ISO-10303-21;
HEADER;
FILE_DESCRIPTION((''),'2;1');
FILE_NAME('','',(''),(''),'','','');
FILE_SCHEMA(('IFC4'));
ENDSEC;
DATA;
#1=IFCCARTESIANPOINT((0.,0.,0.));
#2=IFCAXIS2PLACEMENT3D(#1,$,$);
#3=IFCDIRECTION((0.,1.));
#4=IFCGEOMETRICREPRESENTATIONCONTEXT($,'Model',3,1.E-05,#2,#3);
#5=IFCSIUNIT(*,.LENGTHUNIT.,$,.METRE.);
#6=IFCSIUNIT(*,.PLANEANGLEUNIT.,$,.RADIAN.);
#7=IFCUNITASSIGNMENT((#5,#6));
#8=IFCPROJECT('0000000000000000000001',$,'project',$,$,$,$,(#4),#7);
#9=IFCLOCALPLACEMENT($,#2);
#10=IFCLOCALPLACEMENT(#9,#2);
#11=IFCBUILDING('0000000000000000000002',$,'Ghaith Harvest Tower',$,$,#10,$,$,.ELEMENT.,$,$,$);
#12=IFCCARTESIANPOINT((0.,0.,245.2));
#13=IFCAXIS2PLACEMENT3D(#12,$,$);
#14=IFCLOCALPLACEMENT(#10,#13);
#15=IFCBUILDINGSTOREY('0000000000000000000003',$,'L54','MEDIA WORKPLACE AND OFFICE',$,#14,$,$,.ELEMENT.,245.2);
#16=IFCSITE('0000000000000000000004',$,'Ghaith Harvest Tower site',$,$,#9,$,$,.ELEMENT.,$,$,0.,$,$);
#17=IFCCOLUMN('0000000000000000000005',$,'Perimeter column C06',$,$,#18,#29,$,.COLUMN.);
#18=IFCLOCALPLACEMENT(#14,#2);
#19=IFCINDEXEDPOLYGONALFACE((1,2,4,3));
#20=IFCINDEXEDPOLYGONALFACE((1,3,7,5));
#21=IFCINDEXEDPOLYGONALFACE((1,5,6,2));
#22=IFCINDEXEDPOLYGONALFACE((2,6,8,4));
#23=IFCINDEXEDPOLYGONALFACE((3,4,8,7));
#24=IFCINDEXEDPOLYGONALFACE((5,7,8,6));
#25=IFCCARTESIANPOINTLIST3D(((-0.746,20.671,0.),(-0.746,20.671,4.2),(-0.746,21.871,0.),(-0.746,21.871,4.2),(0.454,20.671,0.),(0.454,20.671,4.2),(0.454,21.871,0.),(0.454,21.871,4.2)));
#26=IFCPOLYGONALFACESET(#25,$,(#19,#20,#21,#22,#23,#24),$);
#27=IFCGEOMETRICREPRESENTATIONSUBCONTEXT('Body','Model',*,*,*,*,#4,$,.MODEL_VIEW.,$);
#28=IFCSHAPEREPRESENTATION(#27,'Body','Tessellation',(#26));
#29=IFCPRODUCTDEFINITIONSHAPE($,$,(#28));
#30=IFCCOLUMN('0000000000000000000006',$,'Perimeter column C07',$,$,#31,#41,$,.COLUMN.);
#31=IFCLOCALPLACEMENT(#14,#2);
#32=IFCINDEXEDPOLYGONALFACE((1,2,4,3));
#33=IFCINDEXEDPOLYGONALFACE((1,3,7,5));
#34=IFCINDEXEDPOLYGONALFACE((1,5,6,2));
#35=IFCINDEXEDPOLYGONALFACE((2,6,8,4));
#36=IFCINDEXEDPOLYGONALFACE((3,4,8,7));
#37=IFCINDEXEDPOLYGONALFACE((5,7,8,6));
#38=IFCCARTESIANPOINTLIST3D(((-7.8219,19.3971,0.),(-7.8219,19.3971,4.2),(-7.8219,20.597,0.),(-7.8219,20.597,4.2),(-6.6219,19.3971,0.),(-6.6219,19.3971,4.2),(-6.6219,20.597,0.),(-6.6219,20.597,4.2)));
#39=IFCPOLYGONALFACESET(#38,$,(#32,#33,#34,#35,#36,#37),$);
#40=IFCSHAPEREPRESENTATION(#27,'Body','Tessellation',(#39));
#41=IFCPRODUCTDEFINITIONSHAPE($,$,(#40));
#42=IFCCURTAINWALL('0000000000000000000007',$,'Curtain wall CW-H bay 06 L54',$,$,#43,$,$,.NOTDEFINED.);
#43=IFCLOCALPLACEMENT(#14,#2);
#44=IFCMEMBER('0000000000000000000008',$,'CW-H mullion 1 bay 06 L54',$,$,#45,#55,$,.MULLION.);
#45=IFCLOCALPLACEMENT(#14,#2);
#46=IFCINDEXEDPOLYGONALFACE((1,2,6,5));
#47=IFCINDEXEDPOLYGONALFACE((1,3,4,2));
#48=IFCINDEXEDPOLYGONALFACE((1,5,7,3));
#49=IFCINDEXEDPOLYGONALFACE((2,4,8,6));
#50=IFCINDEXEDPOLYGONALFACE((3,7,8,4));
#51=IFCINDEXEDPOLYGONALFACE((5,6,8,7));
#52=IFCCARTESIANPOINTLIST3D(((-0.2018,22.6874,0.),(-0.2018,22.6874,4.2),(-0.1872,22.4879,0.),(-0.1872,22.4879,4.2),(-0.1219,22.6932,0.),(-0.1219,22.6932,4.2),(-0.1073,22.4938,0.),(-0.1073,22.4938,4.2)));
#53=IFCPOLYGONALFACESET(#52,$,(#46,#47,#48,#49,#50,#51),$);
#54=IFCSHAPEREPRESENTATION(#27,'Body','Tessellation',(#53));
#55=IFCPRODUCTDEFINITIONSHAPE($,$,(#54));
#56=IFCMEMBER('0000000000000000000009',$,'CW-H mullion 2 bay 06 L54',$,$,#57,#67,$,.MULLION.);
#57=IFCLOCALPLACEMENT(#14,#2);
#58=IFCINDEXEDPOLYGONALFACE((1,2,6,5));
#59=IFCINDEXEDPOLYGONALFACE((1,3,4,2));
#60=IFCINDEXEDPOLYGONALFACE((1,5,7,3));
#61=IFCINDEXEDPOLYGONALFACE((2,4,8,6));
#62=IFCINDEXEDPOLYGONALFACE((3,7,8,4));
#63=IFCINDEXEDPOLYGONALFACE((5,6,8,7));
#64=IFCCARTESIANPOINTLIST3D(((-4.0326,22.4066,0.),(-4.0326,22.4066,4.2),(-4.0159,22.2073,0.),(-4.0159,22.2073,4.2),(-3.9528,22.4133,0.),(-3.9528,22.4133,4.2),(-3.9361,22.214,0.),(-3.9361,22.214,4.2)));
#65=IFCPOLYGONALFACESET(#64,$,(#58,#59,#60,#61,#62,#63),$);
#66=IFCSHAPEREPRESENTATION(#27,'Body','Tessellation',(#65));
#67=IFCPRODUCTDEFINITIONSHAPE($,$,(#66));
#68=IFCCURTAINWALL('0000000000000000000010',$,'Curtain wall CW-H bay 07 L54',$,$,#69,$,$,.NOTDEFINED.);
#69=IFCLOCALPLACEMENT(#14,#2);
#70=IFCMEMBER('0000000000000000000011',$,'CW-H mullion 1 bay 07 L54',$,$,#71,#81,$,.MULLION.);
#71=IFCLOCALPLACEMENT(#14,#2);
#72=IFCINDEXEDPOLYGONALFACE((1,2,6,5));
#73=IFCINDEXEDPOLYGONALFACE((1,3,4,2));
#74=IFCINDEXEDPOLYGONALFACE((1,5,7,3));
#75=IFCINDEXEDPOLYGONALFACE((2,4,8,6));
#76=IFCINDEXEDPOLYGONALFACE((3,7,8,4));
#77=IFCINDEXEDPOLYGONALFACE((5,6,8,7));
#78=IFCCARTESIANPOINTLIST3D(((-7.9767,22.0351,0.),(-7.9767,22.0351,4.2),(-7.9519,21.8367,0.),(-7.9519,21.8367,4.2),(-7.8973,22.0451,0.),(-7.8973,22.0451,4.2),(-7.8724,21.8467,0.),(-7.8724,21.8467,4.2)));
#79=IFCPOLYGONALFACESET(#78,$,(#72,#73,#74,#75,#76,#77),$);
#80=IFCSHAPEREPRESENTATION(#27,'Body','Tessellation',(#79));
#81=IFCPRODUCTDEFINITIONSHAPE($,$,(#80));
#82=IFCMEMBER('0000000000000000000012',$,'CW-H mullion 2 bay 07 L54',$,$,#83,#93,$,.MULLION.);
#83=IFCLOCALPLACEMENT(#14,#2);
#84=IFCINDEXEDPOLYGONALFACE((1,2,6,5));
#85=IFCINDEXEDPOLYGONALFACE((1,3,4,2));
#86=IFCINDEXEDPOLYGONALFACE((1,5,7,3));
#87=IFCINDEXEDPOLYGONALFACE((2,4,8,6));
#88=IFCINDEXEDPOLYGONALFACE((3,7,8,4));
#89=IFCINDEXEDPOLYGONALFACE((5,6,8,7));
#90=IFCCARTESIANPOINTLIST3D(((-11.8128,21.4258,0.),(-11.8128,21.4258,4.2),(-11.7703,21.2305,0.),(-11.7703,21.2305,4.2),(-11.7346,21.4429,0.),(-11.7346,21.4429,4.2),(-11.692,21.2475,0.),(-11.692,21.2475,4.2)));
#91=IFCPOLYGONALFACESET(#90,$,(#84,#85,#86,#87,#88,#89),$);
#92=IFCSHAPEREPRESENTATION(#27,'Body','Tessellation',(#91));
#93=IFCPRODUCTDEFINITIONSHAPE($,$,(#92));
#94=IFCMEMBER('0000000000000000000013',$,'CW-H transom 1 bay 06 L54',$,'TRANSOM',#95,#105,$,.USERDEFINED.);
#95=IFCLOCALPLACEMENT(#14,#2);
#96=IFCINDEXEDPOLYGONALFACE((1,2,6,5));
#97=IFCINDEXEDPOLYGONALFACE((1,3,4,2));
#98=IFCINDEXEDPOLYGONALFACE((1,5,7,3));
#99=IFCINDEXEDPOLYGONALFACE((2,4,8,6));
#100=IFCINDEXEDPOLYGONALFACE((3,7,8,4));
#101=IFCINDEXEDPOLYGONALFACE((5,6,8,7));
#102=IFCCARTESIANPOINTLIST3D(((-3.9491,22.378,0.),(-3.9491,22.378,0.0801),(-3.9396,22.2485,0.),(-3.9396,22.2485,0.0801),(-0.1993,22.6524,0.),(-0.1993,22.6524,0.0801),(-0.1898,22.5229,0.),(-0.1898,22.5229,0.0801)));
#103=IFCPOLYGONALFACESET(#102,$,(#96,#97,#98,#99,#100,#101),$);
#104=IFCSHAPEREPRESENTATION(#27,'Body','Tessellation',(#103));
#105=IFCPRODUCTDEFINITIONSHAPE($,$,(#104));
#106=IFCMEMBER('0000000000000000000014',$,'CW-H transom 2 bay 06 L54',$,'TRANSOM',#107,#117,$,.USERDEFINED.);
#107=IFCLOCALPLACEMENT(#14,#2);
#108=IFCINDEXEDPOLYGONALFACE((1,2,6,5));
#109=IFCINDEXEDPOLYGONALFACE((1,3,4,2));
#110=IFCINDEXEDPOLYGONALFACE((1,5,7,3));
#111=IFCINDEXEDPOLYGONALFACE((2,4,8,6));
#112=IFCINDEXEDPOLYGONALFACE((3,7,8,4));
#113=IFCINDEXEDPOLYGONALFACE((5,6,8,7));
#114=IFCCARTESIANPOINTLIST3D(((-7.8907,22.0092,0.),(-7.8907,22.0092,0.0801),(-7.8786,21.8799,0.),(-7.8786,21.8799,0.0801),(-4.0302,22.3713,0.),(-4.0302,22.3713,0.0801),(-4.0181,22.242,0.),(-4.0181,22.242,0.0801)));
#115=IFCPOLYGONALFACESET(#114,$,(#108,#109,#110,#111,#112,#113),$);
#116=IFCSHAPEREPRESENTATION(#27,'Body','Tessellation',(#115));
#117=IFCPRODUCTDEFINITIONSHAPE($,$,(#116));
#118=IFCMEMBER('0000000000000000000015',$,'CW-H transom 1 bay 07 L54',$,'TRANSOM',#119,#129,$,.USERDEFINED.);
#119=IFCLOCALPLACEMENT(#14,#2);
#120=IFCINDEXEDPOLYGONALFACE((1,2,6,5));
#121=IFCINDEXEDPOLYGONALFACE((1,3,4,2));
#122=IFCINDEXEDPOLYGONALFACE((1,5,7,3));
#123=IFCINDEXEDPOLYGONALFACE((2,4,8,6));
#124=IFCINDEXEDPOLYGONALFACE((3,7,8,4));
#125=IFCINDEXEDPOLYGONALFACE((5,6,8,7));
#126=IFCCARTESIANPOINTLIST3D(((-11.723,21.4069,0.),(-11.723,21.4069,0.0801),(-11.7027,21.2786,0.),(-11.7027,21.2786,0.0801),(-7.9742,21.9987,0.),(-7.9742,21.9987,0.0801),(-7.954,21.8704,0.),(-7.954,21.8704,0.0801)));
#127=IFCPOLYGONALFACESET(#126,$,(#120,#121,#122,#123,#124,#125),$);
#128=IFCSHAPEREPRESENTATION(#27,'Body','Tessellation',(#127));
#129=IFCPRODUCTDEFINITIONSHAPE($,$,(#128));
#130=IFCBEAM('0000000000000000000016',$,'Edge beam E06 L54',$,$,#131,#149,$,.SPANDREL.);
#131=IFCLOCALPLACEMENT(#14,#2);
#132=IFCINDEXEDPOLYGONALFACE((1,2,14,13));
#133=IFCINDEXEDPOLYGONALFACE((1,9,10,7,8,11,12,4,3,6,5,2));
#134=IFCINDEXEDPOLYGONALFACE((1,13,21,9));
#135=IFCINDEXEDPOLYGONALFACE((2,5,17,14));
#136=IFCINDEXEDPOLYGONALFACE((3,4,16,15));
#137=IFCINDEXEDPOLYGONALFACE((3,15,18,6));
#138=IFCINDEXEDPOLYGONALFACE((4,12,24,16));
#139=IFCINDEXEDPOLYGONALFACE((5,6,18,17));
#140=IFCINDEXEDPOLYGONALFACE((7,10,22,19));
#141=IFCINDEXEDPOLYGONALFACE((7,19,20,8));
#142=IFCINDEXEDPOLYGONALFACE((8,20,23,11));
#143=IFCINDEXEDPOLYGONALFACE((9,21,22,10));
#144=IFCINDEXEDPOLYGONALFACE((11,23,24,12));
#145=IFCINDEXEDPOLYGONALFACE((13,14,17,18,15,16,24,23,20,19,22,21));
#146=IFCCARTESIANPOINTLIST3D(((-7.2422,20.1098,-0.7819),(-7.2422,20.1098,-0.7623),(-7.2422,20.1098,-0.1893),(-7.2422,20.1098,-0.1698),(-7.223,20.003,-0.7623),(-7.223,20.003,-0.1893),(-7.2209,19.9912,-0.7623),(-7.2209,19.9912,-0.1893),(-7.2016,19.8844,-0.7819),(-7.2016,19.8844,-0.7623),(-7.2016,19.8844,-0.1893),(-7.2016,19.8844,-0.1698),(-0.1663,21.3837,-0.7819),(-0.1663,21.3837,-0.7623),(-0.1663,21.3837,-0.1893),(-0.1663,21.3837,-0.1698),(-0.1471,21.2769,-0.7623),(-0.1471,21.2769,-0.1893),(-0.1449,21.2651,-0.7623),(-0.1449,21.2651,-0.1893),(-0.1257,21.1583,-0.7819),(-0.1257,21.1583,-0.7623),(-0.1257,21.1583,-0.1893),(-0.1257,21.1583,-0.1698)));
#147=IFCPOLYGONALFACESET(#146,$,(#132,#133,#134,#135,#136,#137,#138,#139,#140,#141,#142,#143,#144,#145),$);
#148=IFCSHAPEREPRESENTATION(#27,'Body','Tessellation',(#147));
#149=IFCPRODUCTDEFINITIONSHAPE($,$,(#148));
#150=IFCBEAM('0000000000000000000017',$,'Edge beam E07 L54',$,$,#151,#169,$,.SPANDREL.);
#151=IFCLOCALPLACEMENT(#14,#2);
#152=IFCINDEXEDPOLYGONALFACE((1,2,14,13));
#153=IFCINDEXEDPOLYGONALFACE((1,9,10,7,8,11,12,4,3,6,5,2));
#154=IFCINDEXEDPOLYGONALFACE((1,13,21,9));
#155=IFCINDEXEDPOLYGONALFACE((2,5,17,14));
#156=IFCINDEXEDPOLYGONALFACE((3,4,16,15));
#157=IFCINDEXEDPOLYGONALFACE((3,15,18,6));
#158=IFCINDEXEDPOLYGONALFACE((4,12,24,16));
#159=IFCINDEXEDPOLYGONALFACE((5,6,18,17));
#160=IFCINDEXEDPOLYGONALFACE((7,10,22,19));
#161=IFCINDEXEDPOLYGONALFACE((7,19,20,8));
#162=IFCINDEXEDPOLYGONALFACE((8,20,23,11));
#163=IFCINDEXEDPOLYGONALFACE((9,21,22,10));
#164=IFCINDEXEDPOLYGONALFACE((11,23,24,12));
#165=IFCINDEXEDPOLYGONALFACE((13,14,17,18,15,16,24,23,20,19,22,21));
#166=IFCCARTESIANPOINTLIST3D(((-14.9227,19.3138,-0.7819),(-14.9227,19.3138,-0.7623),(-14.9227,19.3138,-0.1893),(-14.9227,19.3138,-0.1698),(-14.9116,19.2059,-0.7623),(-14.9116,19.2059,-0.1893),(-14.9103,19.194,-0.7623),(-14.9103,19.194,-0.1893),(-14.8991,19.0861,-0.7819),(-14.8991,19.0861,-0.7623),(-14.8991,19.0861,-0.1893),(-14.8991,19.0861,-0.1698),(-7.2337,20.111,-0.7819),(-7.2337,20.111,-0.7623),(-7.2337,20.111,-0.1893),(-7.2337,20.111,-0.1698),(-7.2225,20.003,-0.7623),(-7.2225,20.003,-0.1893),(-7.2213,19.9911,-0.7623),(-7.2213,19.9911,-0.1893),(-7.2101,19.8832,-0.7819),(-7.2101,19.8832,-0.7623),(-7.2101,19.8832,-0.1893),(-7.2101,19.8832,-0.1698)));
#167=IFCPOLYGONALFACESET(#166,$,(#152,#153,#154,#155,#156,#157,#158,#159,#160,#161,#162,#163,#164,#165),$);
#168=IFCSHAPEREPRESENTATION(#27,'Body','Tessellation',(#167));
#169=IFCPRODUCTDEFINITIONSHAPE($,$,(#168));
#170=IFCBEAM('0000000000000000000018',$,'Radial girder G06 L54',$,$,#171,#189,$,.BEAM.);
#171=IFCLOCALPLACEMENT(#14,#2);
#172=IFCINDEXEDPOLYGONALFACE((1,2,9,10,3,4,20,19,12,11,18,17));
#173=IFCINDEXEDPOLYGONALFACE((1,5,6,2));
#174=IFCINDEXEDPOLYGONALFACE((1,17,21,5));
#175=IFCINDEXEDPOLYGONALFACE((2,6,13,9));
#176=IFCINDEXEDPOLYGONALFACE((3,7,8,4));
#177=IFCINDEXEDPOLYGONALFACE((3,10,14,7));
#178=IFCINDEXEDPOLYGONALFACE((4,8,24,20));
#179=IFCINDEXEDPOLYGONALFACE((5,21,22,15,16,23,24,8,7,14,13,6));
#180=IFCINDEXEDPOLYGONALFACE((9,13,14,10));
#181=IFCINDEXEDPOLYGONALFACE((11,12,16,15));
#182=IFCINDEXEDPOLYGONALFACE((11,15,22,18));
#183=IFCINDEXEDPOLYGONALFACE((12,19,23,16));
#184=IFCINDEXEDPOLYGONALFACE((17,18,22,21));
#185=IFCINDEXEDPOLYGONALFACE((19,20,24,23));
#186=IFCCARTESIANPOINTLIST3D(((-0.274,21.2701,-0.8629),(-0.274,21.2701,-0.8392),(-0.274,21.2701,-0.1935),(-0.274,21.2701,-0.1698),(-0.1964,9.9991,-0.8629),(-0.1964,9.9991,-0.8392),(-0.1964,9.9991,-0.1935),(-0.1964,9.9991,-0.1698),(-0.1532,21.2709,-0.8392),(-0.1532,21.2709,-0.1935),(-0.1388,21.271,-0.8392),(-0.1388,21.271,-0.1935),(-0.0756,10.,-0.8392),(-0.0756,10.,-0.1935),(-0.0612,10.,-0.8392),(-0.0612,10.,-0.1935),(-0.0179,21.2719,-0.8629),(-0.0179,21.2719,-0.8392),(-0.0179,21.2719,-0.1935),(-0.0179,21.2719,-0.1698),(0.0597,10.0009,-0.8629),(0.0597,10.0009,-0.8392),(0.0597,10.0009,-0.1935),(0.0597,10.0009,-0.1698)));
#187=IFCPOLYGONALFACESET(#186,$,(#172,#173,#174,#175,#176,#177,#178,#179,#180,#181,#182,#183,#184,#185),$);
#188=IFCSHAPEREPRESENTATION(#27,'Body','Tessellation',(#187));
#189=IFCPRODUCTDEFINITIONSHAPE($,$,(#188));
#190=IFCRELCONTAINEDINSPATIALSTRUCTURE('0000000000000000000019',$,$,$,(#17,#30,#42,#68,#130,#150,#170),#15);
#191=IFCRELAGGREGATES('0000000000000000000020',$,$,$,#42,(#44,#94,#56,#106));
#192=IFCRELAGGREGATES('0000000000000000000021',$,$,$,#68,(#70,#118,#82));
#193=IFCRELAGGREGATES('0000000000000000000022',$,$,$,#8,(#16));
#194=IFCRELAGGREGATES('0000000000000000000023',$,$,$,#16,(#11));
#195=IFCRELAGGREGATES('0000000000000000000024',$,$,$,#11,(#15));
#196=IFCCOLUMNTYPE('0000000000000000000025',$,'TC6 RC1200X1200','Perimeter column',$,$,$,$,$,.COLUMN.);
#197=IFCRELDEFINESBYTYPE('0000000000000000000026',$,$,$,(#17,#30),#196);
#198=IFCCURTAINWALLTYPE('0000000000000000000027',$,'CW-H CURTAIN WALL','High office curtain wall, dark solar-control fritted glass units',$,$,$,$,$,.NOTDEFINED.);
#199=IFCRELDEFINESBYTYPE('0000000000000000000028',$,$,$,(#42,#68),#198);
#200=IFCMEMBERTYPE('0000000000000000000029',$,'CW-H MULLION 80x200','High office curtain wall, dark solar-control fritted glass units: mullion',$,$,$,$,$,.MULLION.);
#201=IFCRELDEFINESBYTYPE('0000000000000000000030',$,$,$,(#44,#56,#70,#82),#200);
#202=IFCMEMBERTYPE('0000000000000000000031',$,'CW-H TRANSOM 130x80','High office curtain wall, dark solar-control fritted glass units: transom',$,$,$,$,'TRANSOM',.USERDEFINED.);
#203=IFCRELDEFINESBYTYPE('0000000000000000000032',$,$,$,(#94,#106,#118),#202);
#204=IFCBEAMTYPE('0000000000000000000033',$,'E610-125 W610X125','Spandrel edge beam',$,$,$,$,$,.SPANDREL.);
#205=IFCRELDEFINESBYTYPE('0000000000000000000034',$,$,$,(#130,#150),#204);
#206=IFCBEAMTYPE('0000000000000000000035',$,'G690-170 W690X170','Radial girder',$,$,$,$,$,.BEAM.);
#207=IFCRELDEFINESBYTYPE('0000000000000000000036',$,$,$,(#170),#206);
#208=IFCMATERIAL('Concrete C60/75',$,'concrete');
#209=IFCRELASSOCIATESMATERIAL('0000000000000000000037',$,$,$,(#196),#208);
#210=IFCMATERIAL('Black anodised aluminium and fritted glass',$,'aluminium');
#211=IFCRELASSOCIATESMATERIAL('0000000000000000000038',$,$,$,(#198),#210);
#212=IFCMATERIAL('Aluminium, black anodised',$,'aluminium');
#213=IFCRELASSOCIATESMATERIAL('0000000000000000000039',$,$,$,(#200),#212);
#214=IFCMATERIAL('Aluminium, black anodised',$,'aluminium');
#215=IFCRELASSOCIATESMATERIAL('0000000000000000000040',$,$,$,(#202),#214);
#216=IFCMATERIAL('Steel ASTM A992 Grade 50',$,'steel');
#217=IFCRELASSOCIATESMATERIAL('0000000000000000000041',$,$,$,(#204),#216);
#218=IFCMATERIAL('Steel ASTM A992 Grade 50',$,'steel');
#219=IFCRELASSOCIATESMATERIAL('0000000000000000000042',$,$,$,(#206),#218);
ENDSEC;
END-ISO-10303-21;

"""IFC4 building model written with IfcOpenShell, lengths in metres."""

from ifc_helpers import new_model, si_unit, direction, frame, origin, origin_2d, place, context, subcontext, project, spatial, rectangle, i_section, extrude, material, material_profile, profile_set, type_object, element, aggregate, save


model = new_model("IFC4")

# Units and contexts
model_context = context("Model", 3, precision=1e-05, world=origin(), true_north=direction((0.0, 1.0)))
body_context = subcontext(model_context, "Body", "Model", "MODEL_VIEW")
ifc_project = project(units=[si_unit("LENGTHUNIT", "METRE"), si_unit("PLANEANGLEUNIT", "RADIAN")], contexts=[model_context])

# Site, building, storey
site_placement = place(None, origin())
site = spatial("IfcSite", under=ifc_project, at=site_placement, Name="Ghaith Harvest Tower site", CompositionType="ELEMENT", RefElevation=0.0)
building_placement = place(site_placement, origin())
building = spatial("IfcBuilding", under=site, at=building_placement, Name="Ghaith Harvest Tower", CompositionType="ELEMENT")
storey_placement = place(building_placement, frame((0.0, 0.0, 245.2)))
storey = spatial("IfcBuildingStorey", under=building, at=storey_placement, Name="L54", Description="MEDIA WORKPLACE AND OFFICE", CompositionType="ELEMENT", Elevation=245.2)

# Columns
ifc_material_1 = material(Name="Concrete C60/75", Category="concrete")
ifc_material_profile_1 = material_profile(ifc_material_1, rectangle(XDim=1.2, YDim=1.2, at=origin_2d()), Name="RC1200X1200")
ifc_profile_set_1 = profile_set([ifc_material_profile_1], Name="Concrete C60/75")
column_type = type_object("IfcColumnType", Name="TC6 RC1200X1200", Description="Perimeter column", PredefinedType="COLUMN", material=ifc_profile_set_1)
for number, where, z_axis, x_axis, name in (
    (1, (-0.146, 21.271, 0.0), (0.0, 0.0, 1.0), (1.0, 0.0, 0.0), "Perimeter column C06"),
    (2, (-7.2219, 19.9971, 0.0), (0.0, 0.0, 1.0), (1.0, 0.0, 0.0), "Perimeter column C07"),
):
    element("IfcColumn", number, at=place(storey_placement, frame(where, z_axis=z_axis, x_axis=x_axis)), inside=storey, type_object=column_type, Name=name, PredefinedType="COLUMN", context=body_context, shape_type="SweptSolid", body=[
        extrude(rectangle(XDim=1.2, YDim=1.2, at=origin_2d()), origin(), (0.0, 0.0, 1.0), 4.2),
    ])

# Curtain walls, members
ifc_material_2 = material(Name="Black anodised aluminium and fritted glass", Category="aluminium")
curtain_wall_type = type_object("IfcCurtainWallType", Name="CW-H CURTAIN WALL", Description="High office curtain wall, dark solar-control fritted glass units", PredefinedType="NOTDEFINED", material=ifc_material_2)
curtain_wall_1_placement = place(storey_placement, origin())
curtain_wall_1 = element("IfcCurtainWall", 3, at=curtain_wall_1_placement, inside=storey, type_object=curtain_wall_type, Name="Curtain wall CW-H bay 06 L54", PredefinedType="NOTDEFINED")
ifc_material_3 = material(Name="Aluminium, black anodised", Category="aluminium")
ifc_material_profile_2 = material_profile(ifc_material_3, rectangle(XDim=0.0801, YDim=0.2, at=origin_2d()), Name="CW-H MULLION 80x200")
ifc_profile_set_2 = profile_set([ifc_material_profile_2], Name="Aluminium, black anodised")
member_type_1 = type_object("IfcMemberType", Name="CW-H MULLION 80x200", Description="High office curtain wall, dark solar-control fritted glass units: mullion", PredefinedType="MULLION", material=ifc_profile_set_2)
member_1_placement = place(storey_placement, frame((-0.1545, 22.5906, 0.0), z_axis=(0.0, 0.0, 1.0), x_axis=(-0.997329, -0.073037, 0.0)))
member_1 = element("IfcMember", 4, at=member_1_placement, type_object=member_type_1, Name="CW-H mullion 1 bay 06 L54", PredefinedType="MULLION", context=body_context, shape_type="SweptSolid", body=[
    extrude(rectangle(XDim=0.0801, YDim=0.2, at=origin_2d()), origin(), (0.0, 0.0, 1.0), 4.2),
])
member_2_placement = place(storey_placement, frame((-3.9844, 22.3103, 0.0), z_axis=(0.0, 0.0, 1.0), x_axis=(-0.996523, -0.083324, 0.0)))
member_2 = element("IfcMember", 5, at=member_2_placement, type_object=member_type_1, Name="CW-H mullion 2 bay 06 L54", PredefinedType="MULLION", context=body_context, shape_type="SweptSolid", body=[
    extrude(rectangle(XDim=0.0801, YDim=0.2, at=origin_2d()), origin(), (0.0, 0.0, 1.0), 4.2),
])
curtain_wall_2_placement = place(storey_placement, origin())
curtain_wall_2 = element("IfcCurtainWall", 6, at=curtain_wall_2_placement, inside=storey, type_object=curtain_wall_type, Name="Curtain wall CW-H bay 07 L54", PredefinedType="NOTDEFINED")
member_3_placement = place(storey_placement, frame((-7.9246, 21.9409, 0.0), z_axis=(0.0, 0.0, 1.0), x_axis=(-0.992235, -0.124373, 0.0)))
member_3 = element("IfcMember", 7, at=member_3_placement, type_object=member_type_1, Name="CW-H mullion 1 bay 07 L54", PredefinedType="MULLION", context=body_context, shape_type="SweptSolid", body=[
    extrude(rectangle(XDim=0.0801, YDim=0.2, at=origin_2d()), origin(), (0.0, 0.0, 1.0), 4.2),
])
member_4_placement = place(storey_placement, frame((-11.7524, 21.3367, 0.0), z_axis=(0.0, 0.0, 1.0), x_axis=(-0.977086, -0.212843, 0.0)))
member_4 = element("IfcMember", 8, at=member_4_placement, type_object=member_type_1, Name="CW-H mullion 2 bay 07 L54", PredefinedType="MULLION", context=body_context, shape_type="SweptSolid", body=[
    extrude(rectangle(XDim=0.0801, YDim=0.2, at=origin_2d()), origin(), (0.0, 0.0, 1.0), 4.2),
])

# Members
ifc_material_4 = material(Name="Aluminium, black anodised", Category="aluminium")
ifc_material_profile_3 = material_profile(ifc_material_4, rectangle(XDim=0.1299, YDim=0.0801, at=origin_2d()), Name="CW-H TRANSOM 130x80")
ifc_profile_set_3 = profile_set([ifc_material_profile_3], Name="Aluminium, black anodised")
member_type_2 = type_object("IfcMemberType", Name="CW-H TRANSOM 130x80", Description="High office curtain wall, dark solar-control fritted glass units: transom", ElementType="TRANSOM", PredefinedType="USERDEFINED", material=ifc_profile_set_3)
member_5_placement = place(storey_placement, frame((-0.1946, 22.5876, 0.04), z_axis=(-0.997333, -0.072987, 0.0), x_axis=(0.072987, -0.997333, 0.0)))
member_5 = element("IfcMember", 9, at=member_5_placement, type_object=member_type_2, Name="CW-H transom 1 bay 06 L54", ObjectType="TRANSOM", PredefinedType="USERDEFINED", context=body_context, shape_type="SweptSolid", body=[
    extrude(rectangle(XDim=0.1299, YDim=0.0801, at=origin_2d()), origin(), (0.0, 0.0, 1.0), 3.7598),
])
member_6_placement = place(storey_placement, frame((-4.0242, 22.3066, 0.04), z_axis=(-0.995631, -0.093374, 0.0), x_axis=(0.093374, -0.995631, 0.0)))
member_6 = element("IfcMember", 10, at=member_6_placement, type_object=member_type_2, Name="CW-H transom 2 bay 06 L54", ObjectType="TRANSOM", PredefinedType="USERDEFINED", context=body_context, shape_type="SweptSolid", body=[
    extrude(rectangle(XDim=0.1299, YDim=0.0801, at=origin_2d()), origin(), (0.0, 0.0, 1.0), 3.8774),
])
member_7_placement = place(storey_placement, frame((-7.9641, 21.9346, 0.04), z_axis=(-0.987768, -0.155933, 0.0), x_axis=(0.155933, -0.987768, 0.0)))
member_7 = element("IfcMember", 11, at=member_7_placement, type_object=member_type_2, Name="CW-H transom 1 bay 07 L54", ObjectType="TRANSOM", PredefinedType="USERDEFINED", context=body_context, shape_type="SweptSolid", body=[
    extrude(rectangle(XDim=0.1299, YDim=0.0801, at=origin_2d()), origin(), (0.0, 0.0, 1.0), 3.7952),
])

# Beams
ifc_material_5 = material(Name="Steel ASTM A992 Grade 50", Category="steel")
ifc_material_profile_4 = material_profile(ifc_material_5, i_section(OverallWidth=0.229, OverallDepth=0.6121, WebThickness=0.012, FlangeThickness=0.0195, at=origin_2d()), Name="W610X125")
ifc_profile_set_4 = profile_set([ifc_material_profile_4], Name="Steel ASTM A992 Grade 50")
beam_type_1 = type_object("IfcBeamType", Name="E610-125 W610X125", Description="Spandrel edge beam", PredefinedType="SPANDREL", material=ifc_profile_set_4)
beam_1_placement = place(storey_placement, frame((-0.146, 21.271, -0.4758), z_axis=(-0.984177, -0.177188, 0.0), x_axis=(0.177188, -0.984177, 0.0)))
element("IfcBeam", 12, at=beam_1_placement, inside=storey, type_object=beam_type_1, Name="Edge beam E06 L54", PredefinedType="SPANDREL", context=body_context, shape_type="SweptSolid", body=[
    extrude(i_section(OverallWidth=0.229, OverallDepth=0.6121, WebThickness=0.012, FlangeThickness=0.0195, at=origin_2d()), origin(), (0.0, 0.0, 1.0), 7.1897),
])
beam_2_placement = place(storey_placement, frame((-7.2219, 19.9971, -0.4758), z_axis=(-0.994669, -0.103118, 0.0), x_axis=(0.103118, -0.994669, 0.0)))
element("IfcBeam", 13, at=beam_2_placement, inside=storey, type_object=beam_type_1, Name="Edge beam E07 L54", PredefinedType="SPANDREL", context=body_context, shape_type="SweptSolid", body=[
    extrude(i_section(OverallWidth=0.229, OverallDepth=0.6121, WebThickness=0.012, FlangeThickness=0.0195, at=origin_2d()), origin(), (0.0, 0.0, 1.0), 7.7302),
])
ifc_material_6 = material(Name="Steel ASTM A992 Grade 50", Category="steel")
ifc_material_profile_5 = material_profile(ifc_material_6, i_section(OverallWidth=0.2561, OverallDepth=0.6931, WebThickness=0.0144, FlangeThickness=0.0237, at=origin_2d()), Name="W690X170")
ifc_profile_set_5 = profile_set([ifc_material_profile_5], Name="Steel ASTM A992 Grade 50")
beam_type_2 = type_object("IfcBeamType", Name="G690-170 W690X170", Description="Radial girder", PredefinedType="BEAM", material=ifc_profile_set_5)
beam_3_placement = place(storey_placement, frame((-0.0684, 10.0, -0.5164), z_axis=(-0.006888, 0.999976, 0.0), x_axis=(-0.999976, -0.006888, 0.0)))
element("IfcBeam", 14, at=beam_3_placement, inside=storey, type_object=beam_type_2, Name="Radial girder G06 L54", PredefinedType="BEAM", context=body_context, shape_type="SweptSolid", body=[
    extrude(i_section(OverallWidth=0.2561, OverallDepth=0.6931, WebThickness=0.0144, FlangeThickness=0.0237, at=origin_2d()), origin(), (0.0, 0.0, 1.0), 11.2712),
])

aggregate(curtain_wall_1, [member_1, member_5, member_2, member_6])
aggregate(curtain_wall_2, [member_3, member_7, member_4])

save(model, "model.ifc")
